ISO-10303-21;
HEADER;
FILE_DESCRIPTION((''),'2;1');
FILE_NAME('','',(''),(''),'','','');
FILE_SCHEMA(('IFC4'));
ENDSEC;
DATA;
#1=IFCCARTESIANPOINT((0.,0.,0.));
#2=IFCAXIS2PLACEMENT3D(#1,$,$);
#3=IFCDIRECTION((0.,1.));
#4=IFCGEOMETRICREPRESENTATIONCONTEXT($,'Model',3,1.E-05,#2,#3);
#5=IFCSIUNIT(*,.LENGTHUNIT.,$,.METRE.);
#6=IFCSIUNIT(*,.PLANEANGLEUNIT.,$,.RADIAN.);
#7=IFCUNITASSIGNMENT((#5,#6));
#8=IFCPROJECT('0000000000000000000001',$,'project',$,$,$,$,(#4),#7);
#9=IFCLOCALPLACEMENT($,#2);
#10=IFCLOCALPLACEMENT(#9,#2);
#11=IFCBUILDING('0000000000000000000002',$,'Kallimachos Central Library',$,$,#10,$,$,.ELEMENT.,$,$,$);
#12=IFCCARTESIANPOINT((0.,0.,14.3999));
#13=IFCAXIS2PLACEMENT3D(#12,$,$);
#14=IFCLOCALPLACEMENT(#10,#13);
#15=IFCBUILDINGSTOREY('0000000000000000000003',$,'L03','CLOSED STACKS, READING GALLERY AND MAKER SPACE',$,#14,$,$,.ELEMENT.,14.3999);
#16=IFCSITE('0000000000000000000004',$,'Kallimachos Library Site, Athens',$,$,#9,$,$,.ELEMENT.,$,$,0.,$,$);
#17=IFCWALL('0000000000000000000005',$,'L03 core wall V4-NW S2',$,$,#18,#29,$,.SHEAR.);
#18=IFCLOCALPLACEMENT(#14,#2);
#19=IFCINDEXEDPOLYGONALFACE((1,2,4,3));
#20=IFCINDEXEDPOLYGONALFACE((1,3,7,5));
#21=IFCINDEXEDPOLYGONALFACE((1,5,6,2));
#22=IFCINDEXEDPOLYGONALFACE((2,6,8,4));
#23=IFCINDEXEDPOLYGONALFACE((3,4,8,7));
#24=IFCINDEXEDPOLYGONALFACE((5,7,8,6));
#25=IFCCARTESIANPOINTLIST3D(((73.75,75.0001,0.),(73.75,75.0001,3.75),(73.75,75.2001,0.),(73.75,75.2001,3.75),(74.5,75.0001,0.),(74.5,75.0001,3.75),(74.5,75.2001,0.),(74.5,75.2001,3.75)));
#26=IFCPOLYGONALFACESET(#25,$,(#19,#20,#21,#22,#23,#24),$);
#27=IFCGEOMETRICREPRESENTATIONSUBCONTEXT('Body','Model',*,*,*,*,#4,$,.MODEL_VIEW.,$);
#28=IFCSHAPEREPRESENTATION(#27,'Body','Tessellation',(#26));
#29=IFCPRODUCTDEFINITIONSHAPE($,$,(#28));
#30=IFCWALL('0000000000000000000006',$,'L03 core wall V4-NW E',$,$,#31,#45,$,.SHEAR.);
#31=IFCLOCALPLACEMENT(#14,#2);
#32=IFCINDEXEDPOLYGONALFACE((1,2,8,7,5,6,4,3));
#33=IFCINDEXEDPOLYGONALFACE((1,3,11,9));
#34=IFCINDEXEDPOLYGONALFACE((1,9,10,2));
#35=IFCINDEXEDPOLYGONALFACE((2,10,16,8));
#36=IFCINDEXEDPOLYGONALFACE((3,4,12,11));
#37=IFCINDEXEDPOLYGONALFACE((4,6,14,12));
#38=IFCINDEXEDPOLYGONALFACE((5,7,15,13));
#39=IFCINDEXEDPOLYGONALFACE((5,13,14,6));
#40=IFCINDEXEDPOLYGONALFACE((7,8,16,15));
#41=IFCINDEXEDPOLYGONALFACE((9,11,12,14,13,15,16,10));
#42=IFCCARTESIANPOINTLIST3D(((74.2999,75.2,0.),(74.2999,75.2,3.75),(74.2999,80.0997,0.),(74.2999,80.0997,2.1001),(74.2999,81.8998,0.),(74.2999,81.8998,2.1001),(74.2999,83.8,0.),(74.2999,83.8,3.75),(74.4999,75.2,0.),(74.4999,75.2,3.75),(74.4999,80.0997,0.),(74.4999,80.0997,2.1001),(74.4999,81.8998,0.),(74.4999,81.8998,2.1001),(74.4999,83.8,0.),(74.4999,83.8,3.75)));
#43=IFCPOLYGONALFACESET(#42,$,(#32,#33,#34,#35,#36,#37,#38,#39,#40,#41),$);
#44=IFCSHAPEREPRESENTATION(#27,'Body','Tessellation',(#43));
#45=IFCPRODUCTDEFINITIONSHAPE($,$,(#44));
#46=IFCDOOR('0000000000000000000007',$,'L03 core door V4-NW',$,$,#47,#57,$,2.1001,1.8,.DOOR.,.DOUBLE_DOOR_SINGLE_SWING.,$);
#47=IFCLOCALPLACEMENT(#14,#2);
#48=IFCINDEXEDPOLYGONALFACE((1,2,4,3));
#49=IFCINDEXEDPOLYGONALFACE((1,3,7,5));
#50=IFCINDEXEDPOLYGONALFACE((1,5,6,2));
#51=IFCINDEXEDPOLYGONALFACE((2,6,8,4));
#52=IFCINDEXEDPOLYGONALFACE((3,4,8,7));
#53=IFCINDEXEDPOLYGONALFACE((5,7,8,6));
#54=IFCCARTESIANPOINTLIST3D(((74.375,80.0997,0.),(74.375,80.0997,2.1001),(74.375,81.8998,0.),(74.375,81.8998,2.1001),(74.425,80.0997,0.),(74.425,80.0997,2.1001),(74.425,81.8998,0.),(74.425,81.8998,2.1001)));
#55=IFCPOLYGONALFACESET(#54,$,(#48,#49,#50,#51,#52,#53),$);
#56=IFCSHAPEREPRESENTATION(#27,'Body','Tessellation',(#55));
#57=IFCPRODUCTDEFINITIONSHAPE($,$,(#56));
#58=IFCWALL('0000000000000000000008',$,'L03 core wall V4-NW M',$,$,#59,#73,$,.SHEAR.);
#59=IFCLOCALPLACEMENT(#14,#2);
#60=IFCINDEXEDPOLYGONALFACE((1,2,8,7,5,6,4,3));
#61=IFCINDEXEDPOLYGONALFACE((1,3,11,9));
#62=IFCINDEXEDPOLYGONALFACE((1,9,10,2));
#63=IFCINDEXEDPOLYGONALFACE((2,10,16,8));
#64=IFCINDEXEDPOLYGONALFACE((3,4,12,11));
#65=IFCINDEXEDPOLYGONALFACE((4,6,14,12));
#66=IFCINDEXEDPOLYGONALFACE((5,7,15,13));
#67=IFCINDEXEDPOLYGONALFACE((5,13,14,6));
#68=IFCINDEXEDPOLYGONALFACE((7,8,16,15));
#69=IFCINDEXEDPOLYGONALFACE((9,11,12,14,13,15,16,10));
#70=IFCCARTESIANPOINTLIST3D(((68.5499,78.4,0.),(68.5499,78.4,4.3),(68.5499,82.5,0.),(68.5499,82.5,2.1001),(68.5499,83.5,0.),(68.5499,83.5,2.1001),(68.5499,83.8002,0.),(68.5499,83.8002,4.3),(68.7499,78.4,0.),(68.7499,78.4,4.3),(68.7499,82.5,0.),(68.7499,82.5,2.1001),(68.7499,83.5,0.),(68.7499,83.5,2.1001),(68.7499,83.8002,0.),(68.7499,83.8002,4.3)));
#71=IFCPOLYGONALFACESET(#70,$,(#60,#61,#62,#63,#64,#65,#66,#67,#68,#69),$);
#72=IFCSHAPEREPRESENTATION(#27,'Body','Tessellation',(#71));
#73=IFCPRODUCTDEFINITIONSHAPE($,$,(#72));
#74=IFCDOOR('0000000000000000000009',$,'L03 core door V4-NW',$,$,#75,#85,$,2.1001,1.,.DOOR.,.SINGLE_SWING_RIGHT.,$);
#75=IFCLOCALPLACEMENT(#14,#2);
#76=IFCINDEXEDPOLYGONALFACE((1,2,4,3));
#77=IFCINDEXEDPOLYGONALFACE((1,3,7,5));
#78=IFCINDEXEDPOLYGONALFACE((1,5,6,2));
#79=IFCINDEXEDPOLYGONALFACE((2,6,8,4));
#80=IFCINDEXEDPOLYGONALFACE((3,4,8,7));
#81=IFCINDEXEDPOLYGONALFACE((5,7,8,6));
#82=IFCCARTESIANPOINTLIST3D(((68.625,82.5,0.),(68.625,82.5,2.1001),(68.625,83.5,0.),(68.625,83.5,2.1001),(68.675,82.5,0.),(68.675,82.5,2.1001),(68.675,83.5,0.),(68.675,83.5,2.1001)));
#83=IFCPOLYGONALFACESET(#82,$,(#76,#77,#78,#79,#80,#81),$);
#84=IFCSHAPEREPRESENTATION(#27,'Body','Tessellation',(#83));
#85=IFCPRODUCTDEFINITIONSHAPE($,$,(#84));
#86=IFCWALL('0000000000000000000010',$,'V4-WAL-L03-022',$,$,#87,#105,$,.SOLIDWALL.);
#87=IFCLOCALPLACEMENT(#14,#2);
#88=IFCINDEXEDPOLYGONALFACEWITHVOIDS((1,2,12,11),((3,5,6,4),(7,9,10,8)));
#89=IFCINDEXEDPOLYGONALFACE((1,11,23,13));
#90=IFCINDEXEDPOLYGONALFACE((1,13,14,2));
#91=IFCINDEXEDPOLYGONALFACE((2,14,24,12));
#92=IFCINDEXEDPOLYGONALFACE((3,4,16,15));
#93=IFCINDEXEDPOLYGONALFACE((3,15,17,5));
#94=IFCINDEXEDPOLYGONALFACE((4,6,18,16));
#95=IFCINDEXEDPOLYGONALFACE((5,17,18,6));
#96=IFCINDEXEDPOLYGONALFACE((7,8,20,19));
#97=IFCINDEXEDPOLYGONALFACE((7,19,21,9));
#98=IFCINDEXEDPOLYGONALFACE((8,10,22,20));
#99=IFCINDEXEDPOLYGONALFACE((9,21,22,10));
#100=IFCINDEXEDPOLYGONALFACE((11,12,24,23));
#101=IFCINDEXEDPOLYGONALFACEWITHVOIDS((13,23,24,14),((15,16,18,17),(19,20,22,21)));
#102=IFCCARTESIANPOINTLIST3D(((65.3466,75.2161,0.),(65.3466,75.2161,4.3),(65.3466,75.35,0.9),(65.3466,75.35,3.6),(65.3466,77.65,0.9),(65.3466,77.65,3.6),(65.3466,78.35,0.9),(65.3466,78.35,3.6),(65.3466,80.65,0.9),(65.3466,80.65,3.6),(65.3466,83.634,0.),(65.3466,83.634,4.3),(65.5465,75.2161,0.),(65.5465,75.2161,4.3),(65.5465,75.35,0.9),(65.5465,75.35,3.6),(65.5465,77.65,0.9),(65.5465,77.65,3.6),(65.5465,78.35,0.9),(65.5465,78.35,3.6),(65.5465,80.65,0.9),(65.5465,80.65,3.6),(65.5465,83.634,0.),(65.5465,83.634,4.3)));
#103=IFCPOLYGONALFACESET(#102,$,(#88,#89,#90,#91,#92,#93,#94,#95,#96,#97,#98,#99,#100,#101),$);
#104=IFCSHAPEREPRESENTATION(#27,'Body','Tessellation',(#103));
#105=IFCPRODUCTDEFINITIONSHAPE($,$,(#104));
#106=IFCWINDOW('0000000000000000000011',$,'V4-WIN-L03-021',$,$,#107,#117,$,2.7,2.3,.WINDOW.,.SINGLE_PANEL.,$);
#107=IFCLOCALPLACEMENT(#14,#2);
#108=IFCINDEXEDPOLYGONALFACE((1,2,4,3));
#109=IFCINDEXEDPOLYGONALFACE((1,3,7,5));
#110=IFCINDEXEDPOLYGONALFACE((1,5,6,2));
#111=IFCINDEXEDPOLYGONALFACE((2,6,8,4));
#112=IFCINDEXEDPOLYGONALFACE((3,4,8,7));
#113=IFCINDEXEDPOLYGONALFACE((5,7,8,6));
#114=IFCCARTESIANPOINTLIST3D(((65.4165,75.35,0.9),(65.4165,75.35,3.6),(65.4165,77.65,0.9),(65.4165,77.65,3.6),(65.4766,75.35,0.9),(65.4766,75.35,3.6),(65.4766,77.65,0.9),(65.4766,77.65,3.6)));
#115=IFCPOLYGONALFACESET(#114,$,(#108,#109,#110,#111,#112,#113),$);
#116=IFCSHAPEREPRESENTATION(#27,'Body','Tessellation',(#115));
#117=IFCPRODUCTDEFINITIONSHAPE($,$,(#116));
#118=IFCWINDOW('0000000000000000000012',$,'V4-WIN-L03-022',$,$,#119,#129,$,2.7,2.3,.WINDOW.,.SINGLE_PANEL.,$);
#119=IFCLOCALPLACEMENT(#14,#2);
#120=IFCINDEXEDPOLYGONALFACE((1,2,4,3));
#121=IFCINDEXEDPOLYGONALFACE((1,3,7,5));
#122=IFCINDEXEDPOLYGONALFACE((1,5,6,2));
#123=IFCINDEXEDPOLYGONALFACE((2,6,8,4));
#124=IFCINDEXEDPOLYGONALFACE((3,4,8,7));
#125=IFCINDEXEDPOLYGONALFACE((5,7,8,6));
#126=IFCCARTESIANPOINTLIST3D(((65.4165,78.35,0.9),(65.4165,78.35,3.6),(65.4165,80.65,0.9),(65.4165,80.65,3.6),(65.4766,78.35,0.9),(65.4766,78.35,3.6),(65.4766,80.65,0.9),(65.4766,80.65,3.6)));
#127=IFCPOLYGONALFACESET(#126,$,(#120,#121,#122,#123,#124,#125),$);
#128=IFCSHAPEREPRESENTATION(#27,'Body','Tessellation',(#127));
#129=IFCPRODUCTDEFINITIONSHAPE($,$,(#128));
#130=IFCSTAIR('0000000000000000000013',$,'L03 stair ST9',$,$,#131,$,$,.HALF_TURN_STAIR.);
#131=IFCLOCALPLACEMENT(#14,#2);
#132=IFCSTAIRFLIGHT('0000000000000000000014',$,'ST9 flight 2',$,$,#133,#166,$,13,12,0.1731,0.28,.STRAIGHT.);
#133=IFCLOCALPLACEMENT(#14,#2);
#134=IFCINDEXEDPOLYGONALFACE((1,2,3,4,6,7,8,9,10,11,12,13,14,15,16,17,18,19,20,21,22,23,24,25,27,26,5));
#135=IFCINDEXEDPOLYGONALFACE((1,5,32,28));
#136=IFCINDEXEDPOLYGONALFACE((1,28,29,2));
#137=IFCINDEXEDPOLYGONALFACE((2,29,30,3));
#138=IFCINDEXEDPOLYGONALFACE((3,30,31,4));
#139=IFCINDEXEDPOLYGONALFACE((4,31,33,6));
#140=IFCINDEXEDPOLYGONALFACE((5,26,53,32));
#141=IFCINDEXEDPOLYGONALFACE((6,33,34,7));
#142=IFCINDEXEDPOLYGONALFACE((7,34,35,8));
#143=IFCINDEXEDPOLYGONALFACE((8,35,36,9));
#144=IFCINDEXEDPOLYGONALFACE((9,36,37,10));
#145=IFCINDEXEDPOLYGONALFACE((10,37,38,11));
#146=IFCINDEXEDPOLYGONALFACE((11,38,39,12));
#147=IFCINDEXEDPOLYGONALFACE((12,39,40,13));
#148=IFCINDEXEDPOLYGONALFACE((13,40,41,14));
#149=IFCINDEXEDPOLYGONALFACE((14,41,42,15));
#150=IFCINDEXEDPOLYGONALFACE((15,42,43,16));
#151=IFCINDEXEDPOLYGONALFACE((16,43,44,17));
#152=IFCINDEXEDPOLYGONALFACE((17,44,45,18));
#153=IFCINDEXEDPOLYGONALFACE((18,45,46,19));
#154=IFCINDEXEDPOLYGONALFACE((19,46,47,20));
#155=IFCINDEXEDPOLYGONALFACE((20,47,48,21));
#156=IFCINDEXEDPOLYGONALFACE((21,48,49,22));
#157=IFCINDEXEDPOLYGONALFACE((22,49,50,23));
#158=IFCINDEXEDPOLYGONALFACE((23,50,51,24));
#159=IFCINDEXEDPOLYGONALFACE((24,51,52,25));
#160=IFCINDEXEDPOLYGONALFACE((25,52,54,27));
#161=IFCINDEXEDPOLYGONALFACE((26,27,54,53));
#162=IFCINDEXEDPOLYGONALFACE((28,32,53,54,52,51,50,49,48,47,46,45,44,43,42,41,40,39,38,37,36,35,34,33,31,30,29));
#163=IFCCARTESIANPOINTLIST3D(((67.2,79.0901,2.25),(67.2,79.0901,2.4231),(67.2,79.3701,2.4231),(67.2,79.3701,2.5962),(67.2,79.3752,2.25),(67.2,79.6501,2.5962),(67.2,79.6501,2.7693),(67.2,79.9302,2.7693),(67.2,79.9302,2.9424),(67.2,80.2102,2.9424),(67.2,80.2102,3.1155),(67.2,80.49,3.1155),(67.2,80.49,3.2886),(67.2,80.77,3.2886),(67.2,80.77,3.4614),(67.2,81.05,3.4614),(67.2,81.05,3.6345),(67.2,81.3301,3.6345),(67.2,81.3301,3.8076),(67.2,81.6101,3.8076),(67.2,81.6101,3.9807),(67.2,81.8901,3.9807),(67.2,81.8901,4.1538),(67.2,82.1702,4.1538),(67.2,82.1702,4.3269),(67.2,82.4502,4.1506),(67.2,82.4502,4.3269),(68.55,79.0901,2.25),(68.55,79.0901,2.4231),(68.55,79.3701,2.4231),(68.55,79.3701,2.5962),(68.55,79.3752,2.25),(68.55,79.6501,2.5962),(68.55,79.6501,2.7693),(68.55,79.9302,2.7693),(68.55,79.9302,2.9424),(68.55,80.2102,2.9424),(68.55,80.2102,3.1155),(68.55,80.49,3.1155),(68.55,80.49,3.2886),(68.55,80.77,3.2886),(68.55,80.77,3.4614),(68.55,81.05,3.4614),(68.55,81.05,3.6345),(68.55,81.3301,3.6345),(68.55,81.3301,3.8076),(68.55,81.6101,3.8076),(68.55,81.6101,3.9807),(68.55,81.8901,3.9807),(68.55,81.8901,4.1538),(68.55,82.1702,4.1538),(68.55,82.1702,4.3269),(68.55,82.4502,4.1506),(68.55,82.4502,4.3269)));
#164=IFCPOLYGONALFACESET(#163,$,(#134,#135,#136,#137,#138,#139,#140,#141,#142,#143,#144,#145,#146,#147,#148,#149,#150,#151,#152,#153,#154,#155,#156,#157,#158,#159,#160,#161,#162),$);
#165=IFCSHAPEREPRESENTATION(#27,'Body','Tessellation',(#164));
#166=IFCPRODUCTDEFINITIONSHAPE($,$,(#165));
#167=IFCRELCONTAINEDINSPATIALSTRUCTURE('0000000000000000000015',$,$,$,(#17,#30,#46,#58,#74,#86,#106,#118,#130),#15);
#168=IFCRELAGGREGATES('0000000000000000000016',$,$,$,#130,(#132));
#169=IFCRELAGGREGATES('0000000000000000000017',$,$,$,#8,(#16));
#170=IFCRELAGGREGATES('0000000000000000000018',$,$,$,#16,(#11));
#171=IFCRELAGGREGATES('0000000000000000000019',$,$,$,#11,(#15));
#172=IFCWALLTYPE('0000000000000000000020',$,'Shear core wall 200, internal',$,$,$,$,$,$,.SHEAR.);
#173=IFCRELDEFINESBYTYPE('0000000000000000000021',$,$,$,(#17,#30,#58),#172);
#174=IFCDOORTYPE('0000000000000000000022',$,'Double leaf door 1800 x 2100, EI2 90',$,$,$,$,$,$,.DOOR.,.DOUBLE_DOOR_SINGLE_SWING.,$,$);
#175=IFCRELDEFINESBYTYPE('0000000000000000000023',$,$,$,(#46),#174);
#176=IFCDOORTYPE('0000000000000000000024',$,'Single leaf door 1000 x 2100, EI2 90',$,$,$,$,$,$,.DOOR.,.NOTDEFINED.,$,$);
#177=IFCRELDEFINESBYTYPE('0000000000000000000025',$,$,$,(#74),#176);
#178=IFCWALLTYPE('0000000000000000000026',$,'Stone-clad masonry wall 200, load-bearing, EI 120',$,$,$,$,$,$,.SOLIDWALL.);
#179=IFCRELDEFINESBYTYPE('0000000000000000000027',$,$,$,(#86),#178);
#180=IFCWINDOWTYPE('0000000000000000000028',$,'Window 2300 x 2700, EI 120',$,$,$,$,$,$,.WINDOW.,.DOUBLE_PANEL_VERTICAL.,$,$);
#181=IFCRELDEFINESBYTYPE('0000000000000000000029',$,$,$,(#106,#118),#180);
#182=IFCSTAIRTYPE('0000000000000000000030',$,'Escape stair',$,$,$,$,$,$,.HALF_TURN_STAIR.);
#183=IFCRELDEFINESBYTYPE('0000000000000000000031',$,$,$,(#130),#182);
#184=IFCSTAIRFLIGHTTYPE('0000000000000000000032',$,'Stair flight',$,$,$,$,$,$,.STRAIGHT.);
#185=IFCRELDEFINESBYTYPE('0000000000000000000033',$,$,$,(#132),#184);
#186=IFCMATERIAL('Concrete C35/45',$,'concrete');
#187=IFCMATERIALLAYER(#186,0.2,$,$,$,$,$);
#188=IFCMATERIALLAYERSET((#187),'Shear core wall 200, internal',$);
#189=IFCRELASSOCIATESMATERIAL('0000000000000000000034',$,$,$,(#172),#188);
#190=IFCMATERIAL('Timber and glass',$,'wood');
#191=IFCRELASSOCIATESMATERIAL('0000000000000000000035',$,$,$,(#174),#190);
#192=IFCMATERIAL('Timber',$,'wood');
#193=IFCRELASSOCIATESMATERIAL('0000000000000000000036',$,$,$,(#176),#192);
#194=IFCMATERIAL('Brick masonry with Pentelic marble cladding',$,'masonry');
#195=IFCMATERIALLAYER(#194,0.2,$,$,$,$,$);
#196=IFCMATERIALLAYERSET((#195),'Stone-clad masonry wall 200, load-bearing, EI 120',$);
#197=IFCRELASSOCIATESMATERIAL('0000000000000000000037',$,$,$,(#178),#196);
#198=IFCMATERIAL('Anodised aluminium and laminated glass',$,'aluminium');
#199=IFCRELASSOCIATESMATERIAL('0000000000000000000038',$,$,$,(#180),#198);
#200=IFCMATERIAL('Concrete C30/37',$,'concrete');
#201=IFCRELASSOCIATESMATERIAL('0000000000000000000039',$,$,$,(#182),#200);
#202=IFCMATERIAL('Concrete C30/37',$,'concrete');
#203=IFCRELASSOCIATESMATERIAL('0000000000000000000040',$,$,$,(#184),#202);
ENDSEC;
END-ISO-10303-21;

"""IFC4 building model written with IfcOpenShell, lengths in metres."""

from ifc_helpers import new_model, si_unit, direction, frame, frame_2d, origin, place, context, subcontext, project, spatial, polyline, rectangle, outline, extrude, material, layer, layer_set, type_object, element, fill, aggregate, save


model = new_model("IFC4")

# Units and contexts
model_context = context("Model", 3, precision=1e-05, world=origin(), true_north=direction((0.0, 1.0)))
body_context = subcontext(model_context, "Body", "Model", "MODEL_VIEW")
ifc_project = project(units=[si_unit("LENGTHUNIT", "METRE"), si_unit("PLANEANGLEUNIT", "RADIAN")], contexts=[model_context])

# Site, building, storey
site_placement = place(None, origin())
site = spatial("IfcSite", under=ifc_project, at=site_placement, Name="Kallimachos Library Site, Athens", CompositionType="ELEMENT", RefElevation=0.0)
building_placement = place(site_placement, origin())
building = spatial("IfcBuilding", under=site, at=building_placement, Name="Kallimachos Central Library", CompositionType="ELEMENT")
storey_placement = place(building_placement, frame((0.0, 0.0, 14.3999)))
storey = spatial("IfcBuildingStorey", under=building, at=storey_placement, Name="L03", Description="CLOSED STACKS, READING GALLERY AND MAKER SPACE", CompositionType="ELEMENT", Elevation=14.3999)

# Wall
ifc_material_1 = material(Name="Concrete C35/45", Category="concrete")
ifc_layer_1 = layer(ifc_material_1, 0.2)
ifc_layer_set_1 = layer_set([ifc_layer_1], Name="Shear core wall 200, internal")
wall_type_1 = type_object("IfcWallType", Name="Shear core wall 200, internal", PredefinedType="SHEAR", material=ifc_layer_set_1)
wall_1_placement = place(storey_placement, frame((73.75, 75.1001, 0.0), z_axis=(0.0, 0.0, 1.0), x_axis=(1.0, 0.0, 0.0)))
element("IfcWall", 1, at=wall_1_placement, inside=storey, type_object=wall_type_1, Name="L03 core wall V4-NW S2", PredefinedType="SHEAR", context=body_context, shape_type="SweptSolid", body=[
    extrude(rectangle(XDim=0.75, YDim=0.2, at=frame_2d((0.375, 0.0))), origin(), (0.0, 0.0, 1.0), 3.75),
])

# Walls, openings, doors
wall_2_placement = place(storey_placement, frame((74.3999, 75.2, 0.0), z_axis=(0.0, 0.0, 1.0), x_axis=(0.0, 1.0, 0.0)))
wall_2 = element("IfcWall", 2, at=wall_2_placement, inside=storey, type_object=wall_type_1, Name="L03 core wall V4-NW E", PredefinedType="SHEAR", context=body_context, shape_type="SweptSolid", body=[
    extrude(rectangle(XDim=8.6001, YDim=0.2, at=frame_2d((4.3, 0.0))), origin(), (0.0, 0.0, 1.0), 3.75),
])
opening_1_placement = place(wall_2_placement, frame((4.8999, 0.0, 0.0)))
opening_1 = element("IfcOpeningElement", 3, at=opening_1_placement, cuts=wall_2, PredefinedType="OPENING", context=body_context, shape_type="SweptSolid", body=[
    extrude(rectangle(XDim=1.8, YDim=2.1001, at=frame_2d((0.8999, 1.05))), frame((0.0, 0.1099, 0.0), z_axis=(0.0, -1.0, 0.0), x_axis=(1.0, 0.0, 0.0)), (0.0, 0.0, 1.0), 0.22),
])
ifc_material_2 = material(Name="Timber and glass", Category="wood")
door_type_1 = type_object("IfcDoorType", Name="Double leaf door 1800 x 2100, EI2 90", OperationType="DOUBLE_DOOR_SINGLE_SWING", PredefinedType="DOOR", material=ifc_material_2)
door_1_placement = place(opening_1_placement, origin())
door_1 = element("IfcDoor", 4, at=door_1_placement, inside=storey, type_object=door_type_1, Name="L03 core door V4-NW", OperationType="DOUBLE_DOOR_SINGLE_SWING", OverallHeight=2.1001, OverallWidth=1.8, PredefinedType="DOOR", context=body_context, shape_type="SweptSolid", body=[
    extrude(rectangle(XDim=1.8, YDim=2.1001, at=frame_2d((0.8999, 1.05))), frame((0.0, 0.0249, 0.0), z_axis=(0.0, -1.0, 0.0), x_axis=(1.0, 0.0, 0.0)), (0.0, 0.0, 1.0), 0.05),
])
fill(opening_1, door_1)
wall_3_placement = place(storey_placement, frame((68.6499, 78.3999, 0.0), z_axis=(0.0, 0.0, 1.0), x_axis=(0.0, 1.0, 0.0)))
wall_3 = element("IfcWall", 5, at=wall_3_placement, inside=storey, type_object=wall_type_1, Name="L03 core wall V4-NW M", PredefinedType="SHEAR", context=body_context, shape_type="SweptSolid", body=[
    extrude(rectangle(XDim=5.4001, YDim=0.2, at=frame_2d((2.7002, 0.0))), origin(), (0.0, 0.0, 1.0), 4.3),
])
opening_2_placement = place(wall_3_placement, frame((4.1001, 0.0, 0.0)))
opening_2 = element("IfcOpeningElement", 6, at=opening_2_placement, cuts=wall_3, PredefinedType="OPENING", context=body_context, shape_type="SweptSolid", body=[
    extrude(rectangle(XDim=1.0, YDim=2.1001, at=frame_2d((0.5, 1.05))), frame((0.0, 0.1099, 0.0), z_axis=(0.0, -1.0, 0.0), x_axis=(1.0, 0.0, 0.0)), (0.0, 0.0, 1.0), 0.22),
])
ifc_material_3 = material(Name="Timber", Category="wood")
door_type_2 = type_object("IfcDoorType", Name="Single leaf door 1000 x 2100, EI2 90", OperationType="NOTDEFINED", PredefinedType="DOOR", material=ifc_material_3)
door_2_placement = place(opening_2_placement, origin())
door_2 = element("IfcDoor", 7, at=door_2_placement, inside=storey, type_object=door_type_2, Name="L03 core door V4-NW", OperationType="SINGLE_SWING_RIGHT", OverallHeight=2.1001, OverallWidth=1.0, PredefinedType="DOOR", context=body_context, shape_type="SweptSolid", body=[
    extrude(rectangle(XDim=1.0, YDim=2.1001, at=frame_2d((0.5, 1.05))), frame((0.0, 0.0249, 0.0), z_axis=(0.0, -1.0, 0.0), x_axis=(1.0, 0.0, 0.0)), (0.0, 0.0, 1.0), 0.05),
])
fill(opening_2, door_2)

# Wall, openings, windows
ifc_material_4 = material(Name="Brick masonry with Pentelic marble cladding", Category="masonry")
ifc_layer_2 = layer(ifc_material_4, 0.2)
ifc_layer_set_2 = layer_set([ifc_layer_2], Name="Stone-clad masonry wall 200, load-bearing, EI 120")
wall_type_2 = type_object("IfcWallType", Name="Stone-clad masonry wall 200, load-bearing, EI 120", PredefinedType="SOLIDWALL", material=ifc_layer_set_2)
wall_4_placement = place(storey_placement, frame((65.4465, 75.2161, 0.0), z_axis=(0.0, 0.0, 1.0), x_axis=(0.0, 1.0, 0.0)))
wall_4 = element("IfcWall", 8, at=wall_4_placement, inside=storey, type_object=wall_type_2, Name="V4-WAL-L03-022", PredefinedType="SOLIDWALL", context=body_context, shape_type="SweptSolid", body=[
    extrude(rectangle(XDim=8.418, YDim=0.2, at=frame_2d((4.209, 0.0))), origin(), (0.0, 0.0, 1.0), 4.3),
])
opening_3_placement = place(wall_4_placement, frame((0.134, 0.0, 0.8999)))
opening_3 = element("IfcOpeningElement", 9, at=opening_3_placement, cuts=wall_4, PredefinedType="OPENING", context=body_context, shape_type="SweptSolid", body=[
    extrude(rectangle(XDim=2.3, YDim=2.7, at=frame_2d((1.1499, 1.3501))), frame((0.0, 0.1099, 0.0), z_axis=(0.0, -1.0, 0.0), x_axis=(1.0, 0.0, 0.0)), (0.0, 0.0, 1.0), 0.22),
])
opening_4_placement = place(wall_4_placement, frame((3.134, 0.0, 0.8999)))
opening_4 = element("IfcOpeningElement", 10, at=opening_4_placement, cuts=wall_4, PredefinedType="OPENING", context=body_context, shape_type="SweptSolid", body=[
    extrude(rectangle(XDim=2.3, YDim=2.7, at=frame_2d((1.1499, 1.3501))), frame((0.0, 0.1099, 0.0), z_axis=(0.0, -1.0, 0.0), x_axis=(1.0, 0.0, 0.0)), (0.0, 0.0, 1.0), 0.22),
])
ifc_material_5 = material(Name="Anodised aluminium and laminated glass", Category="aluminium")
window_type = type_object("IfcWindowType", Name="Window 2300 x 2700, EI 120", PartitioningType="DOUBLE_PANEL_VERTICAL", PredefinedType="WINDOW", material=ifc_material_5)
window_1_placement = place(opening_3_placement, origin())
window_1 = element("IfcWindow", 11, at=window_1_placement, inside=storey, type_object=window_type, Name="V4-WIN-L03-021", OverallHeight=2.7, OverallWidth=2.3, PartitioningType="SINGLE_PANEL", PredefinedType="WINDOW", context=body_context, shape_type="SweptSolid", body=[
    extrude(rectangle(XDim=2.3, YDim=2.7, at=frame_2d((1.1499, 1.3501))), frame((0.0, 0.03, 0.0), z_axis=(0.0, -1.0, 0.0), x_axis=(1.0, 0.0, 0.0)), (0.0, 0.0, 1.0), 0.0601),
])
fill(opening_3, window_1)
window_2_placement = place(opening_4_placement, origin())
window_2 = element("IfcWindow", 12, at=window_2_placement, inside=storey, type_object=window_type, Name="V4-WIN-L03-022", OverallHeight=2.7, OverallWidth=2.3, PartitioningType="SINGLE_PANEL", PredefinedType="WINDOW", context=body_context, shape_type="SweptSolid", body=[
    extrude(rectangle(XDim=2.3, YDim=2.7, at=frame_2d((1.1499, 1.3501))), frame((0.0, 0.03, 0.0), z_axis=(0.0, -1.0, 0.0), x_axis=(1.0, 0.0, 0.0)), (0.0, 0.0, 1.0), 0.0601),
])
fill(opening_4, window_2)

# Stair, stair flight
ifc_material_6 = material(Name="Concrete C30/37", Category="concrete")
stair_type = type_object("IfcStairType", Name="Escape stair", PredefinedType="HALF_TURN_STAIR", material=ifc_material_6)
stair_placement = place(storey_placement, origin())
stair = element("IfcStair", 13, at=stair_placement, inside=storey, type_object=stair_type, Name="L03 stair ST9", PredefinedType="HALF_TURN_STAIR")
ifc_material_7 = material(Name="Concrete C30/37", Category="concrete")
stair_flight_type = type_object("IfcStairFlightType", Name="Stair flight", PredefinedType="STRAIGHT", material=ifc_material_7)
stair_flight_placement = place(storey_placement, frame((67.875, 79.0901, 2.25), z_axis=(0.0, 0.0, 1.0), x_axis=(0.0, 1.0, 0.0)))
stair_flight = element("IfcStairFlight", 14, at=stair_flight_placement, type_object=stair_flight_type, Name="ST9 flight 2", NumberOfRisers=13, NumberOfTreads=12, PredefinedType="STRAIGHT", RiserHeight=0.1731, TreadLength=0.28, context=body_context, shape_type="SweptSolid", body=[
    extrude(outline(polyline([(0.0, 0.0), (0.0, 0.1731), (0.28, 0.1731), (0.28, 0.3462), (0.5601, 0.3462), (0.5601, 0.5193), (0.8401, 0.5193), (0.8401, 0.6924), (1.1201, 0.6924), (1.1201, 0.8655), (1.3999, 0.8655), (1.3999, 1.0386), (1.6799, 1.0386), (1.6799, 1.2114), (1.96, 1.2114), (1.96, 1.3845), (2.24, 1.3845), (2.24, 1.5576), (2.52, 1.5576), (2.52, 1.7307), (2.8, 1.7307), (2.8, 1.9038), (3.0801, 1.9038), (3.0801, 2.0769), (3.3601, 2.0769), (3.3601, 2.25), (3.3601, 1.9006), (0.2852, 0.0), (0.0, 0.0)])), frame((0.0, 0.675, 0.0), z_axis=(0.0, -1.0, 0.0), x_axis=(1.0, 0.0, 0.0)), (0.0, 0.0, 1.0), 1.3501),
])
aggregate(stair, [stair_flight])

save(model, "model.ifc")
